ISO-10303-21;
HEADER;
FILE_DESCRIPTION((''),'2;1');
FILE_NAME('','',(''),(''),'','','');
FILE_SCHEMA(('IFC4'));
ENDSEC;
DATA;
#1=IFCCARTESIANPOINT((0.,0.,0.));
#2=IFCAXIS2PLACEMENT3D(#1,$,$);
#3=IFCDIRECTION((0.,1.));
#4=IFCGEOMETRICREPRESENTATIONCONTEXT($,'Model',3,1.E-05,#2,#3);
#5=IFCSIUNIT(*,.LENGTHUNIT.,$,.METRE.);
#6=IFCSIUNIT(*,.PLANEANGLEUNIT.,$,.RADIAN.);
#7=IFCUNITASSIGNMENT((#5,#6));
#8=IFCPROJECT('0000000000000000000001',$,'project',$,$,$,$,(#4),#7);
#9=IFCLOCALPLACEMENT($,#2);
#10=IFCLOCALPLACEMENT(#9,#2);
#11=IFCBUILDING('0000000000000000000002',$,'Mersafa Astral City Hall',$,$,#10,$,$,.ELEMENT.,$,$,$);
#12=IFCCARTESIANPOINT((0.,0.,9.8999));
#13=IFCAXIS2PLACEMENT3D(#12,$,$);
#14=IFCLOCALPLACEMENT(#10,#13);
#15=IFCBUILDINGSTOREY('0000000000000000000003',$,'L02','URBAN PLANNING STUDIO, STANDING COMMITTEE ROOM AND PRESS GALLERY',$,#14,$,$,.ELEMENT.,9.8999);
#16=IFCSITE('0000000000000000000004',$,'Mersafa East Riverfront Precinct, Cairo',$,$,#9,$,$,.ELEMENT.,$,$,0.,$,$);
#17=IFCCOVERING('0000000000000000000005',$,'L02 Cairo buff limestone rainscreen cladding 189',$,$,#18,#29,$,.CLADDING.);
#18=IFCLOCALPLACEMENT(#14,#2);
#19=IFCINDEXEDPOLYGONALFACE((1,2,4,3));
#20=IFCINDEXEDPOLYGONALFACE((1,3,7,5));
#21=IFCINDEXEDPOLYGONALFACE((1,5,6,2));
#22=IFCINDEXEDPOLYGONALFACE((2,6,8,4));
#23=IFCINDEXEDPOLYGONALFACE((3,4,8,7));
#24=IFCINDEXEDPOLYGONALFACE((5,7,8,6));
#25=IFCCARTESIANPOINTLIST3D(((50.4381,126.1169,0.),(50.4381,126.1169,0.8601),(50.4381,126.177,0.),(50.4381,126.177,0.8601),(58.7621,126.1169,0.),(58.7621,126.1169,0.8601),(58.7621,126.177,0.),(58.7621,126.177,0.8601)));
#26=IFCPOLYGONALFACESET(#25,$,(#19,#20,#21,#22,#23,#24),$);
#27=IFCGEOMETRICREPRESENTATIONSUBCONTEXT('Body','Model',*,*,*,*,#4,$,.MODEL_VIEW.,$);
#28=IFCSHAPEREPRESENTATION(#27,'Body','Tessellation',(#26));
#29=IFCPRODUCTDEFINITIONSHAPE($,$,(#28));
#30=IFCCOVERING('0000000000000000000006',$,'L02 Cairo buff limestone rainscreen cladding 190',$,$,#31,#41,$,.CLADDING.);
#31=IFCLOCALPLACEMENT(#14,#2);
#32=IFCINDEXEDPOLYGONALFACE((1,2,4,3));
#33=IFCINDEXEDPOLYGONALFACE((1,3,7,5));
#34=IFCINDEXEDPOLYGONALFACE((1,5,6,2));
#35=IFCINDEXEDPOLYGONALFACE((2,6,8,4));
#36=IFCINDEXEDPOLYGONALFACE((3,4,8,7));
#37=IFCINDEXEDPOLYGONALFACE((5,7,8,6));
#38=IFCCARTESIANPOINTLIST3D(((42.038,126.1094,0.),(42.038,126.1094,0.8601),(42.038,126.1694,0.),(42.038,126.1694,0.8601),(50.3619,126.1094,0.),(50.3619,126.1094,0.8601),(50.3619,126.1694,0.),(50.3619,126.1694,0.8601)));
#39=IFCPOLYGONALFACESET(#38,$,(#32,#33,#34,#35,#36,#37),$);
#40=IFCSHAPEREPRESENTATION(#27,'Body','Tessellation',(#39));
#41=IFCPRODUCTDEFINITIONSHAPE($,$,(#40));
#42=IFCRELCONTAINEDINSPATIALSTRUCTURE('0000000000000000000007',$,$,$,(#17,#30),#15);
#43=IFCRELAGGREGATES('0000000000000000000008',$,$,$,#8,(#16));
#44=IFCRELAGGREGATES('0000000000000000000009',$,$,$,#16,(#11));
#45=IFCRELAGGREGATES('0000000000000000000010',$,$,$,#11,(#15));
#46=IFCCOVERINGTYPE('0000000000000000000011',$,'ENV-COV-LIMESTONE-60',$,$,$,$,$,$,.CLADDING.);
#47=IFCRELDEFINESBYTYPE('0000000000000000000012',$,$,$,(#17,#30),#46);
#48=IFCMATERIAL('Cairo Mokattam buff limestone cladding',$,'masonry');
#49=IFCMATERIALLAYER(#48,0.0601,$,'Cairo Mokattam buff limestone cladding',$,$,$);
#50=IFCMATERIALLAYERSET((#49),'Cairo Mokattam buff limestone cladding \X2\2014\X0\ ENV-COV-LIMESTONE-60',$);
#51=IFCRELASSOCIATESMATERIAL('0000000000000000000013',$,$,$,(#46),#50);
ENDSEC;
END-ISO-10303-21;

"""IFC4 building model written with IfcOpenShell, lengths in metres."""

from ifc_helpers import new_model, si_unit, direction, frame, origin, origin_2d, place, context, subcontext, project, spatial, rectangle, extrude, material, layer, layer_set, type_object, element, save


model = new_model("IFC4")

# Units and contexts
model_context = context("Model", 3, precision=1e-05, world=origin(), true_north=direction((0.0, 1.0)))
body_context = subcontext(model_context, "Body", "Model", "MODEL_VIEW")
ifc_project = project(units=[si_unit("LENGTHUNIT", "METRE"), si_unit("PLANEANGLEUNIT", "RADIAN")], contexts=[model_context])

# Site, building, storey
site_placement = place(None, origin())
site = spatial("IfcSite", under=ifc_project, at=site_placement, Name="Mersafa East Riverfront Precinct, Cairo", CompositionType="ELEMENT", RefElevation=0.0)
building_placement = place(site_placement, origin())
building = spatial("IfcBuilding", under=site, at=building_placement, Name="Mersafa Astral City Hall", CompositionType="ELEMENT")
storey_placement = place(building_placement, frame((0.0, 0.0, 9.8999)))
storey = spatial("IfcBuildingStorey", under=building, at=storey_placement, Name="L02", Description="URBAN PLANNING STUDIO, STANDING COMMITTEE ROOM AND PRESS GALLERY", CompositionType="ELEMENT", Elevation=9.8999)

# Coverings
ifc_material_1 = material(Name="Cairo Mokattam buff limestone cladding", Category="masonry")
ifc_layer_1 = layer(ifc_material_1, 0.0601, Name="Cairo Mokattam buff limestone cladding")
ifc_layer_set_1 = layer_set([ifc_layer_1], Name="Cairo Mokattam buff limestone cladding — ENV-COV-LIMESTONE-60")
covering_type = type_object("IfcCoveringType", Name="ENV-COV-LIMESTONE-60", PredefinedType="CLADDING", material=ifc_layer_set_1)
for number, where, z_axis, x_axis, name in (
    (1, (54.6001, 126.147, 0.0), (0.0, 0.0, 1.0), (-1.0, 0.0, 0.0), "L02 Cairo buff limestone rainscreen cladding 189"),
    (2, (46.2, 126.1394, 0.0), (0.0, 0.0, 1.0), (-1.0, 0.0, 0.0), "L02 Cairo buff limestone rainscreen cladding 190"),
):
    element("IfcCovering", number, at=place(storey_placement, frame(where, z_axis=z_axis, x_axis=x_axis)), inside=storey, type_object=covering_type, Name=name, PredefinedType="CLADDING", context=body_context, shape_type="SweptSolid", body=[
        extrude(rectangle(XDim=8.324, YDim=0.0601, at=origin_2d()), origin(), (0.0, 0.0, 1.0), 0.8601),
    ])

save(model, "model.ifc")
